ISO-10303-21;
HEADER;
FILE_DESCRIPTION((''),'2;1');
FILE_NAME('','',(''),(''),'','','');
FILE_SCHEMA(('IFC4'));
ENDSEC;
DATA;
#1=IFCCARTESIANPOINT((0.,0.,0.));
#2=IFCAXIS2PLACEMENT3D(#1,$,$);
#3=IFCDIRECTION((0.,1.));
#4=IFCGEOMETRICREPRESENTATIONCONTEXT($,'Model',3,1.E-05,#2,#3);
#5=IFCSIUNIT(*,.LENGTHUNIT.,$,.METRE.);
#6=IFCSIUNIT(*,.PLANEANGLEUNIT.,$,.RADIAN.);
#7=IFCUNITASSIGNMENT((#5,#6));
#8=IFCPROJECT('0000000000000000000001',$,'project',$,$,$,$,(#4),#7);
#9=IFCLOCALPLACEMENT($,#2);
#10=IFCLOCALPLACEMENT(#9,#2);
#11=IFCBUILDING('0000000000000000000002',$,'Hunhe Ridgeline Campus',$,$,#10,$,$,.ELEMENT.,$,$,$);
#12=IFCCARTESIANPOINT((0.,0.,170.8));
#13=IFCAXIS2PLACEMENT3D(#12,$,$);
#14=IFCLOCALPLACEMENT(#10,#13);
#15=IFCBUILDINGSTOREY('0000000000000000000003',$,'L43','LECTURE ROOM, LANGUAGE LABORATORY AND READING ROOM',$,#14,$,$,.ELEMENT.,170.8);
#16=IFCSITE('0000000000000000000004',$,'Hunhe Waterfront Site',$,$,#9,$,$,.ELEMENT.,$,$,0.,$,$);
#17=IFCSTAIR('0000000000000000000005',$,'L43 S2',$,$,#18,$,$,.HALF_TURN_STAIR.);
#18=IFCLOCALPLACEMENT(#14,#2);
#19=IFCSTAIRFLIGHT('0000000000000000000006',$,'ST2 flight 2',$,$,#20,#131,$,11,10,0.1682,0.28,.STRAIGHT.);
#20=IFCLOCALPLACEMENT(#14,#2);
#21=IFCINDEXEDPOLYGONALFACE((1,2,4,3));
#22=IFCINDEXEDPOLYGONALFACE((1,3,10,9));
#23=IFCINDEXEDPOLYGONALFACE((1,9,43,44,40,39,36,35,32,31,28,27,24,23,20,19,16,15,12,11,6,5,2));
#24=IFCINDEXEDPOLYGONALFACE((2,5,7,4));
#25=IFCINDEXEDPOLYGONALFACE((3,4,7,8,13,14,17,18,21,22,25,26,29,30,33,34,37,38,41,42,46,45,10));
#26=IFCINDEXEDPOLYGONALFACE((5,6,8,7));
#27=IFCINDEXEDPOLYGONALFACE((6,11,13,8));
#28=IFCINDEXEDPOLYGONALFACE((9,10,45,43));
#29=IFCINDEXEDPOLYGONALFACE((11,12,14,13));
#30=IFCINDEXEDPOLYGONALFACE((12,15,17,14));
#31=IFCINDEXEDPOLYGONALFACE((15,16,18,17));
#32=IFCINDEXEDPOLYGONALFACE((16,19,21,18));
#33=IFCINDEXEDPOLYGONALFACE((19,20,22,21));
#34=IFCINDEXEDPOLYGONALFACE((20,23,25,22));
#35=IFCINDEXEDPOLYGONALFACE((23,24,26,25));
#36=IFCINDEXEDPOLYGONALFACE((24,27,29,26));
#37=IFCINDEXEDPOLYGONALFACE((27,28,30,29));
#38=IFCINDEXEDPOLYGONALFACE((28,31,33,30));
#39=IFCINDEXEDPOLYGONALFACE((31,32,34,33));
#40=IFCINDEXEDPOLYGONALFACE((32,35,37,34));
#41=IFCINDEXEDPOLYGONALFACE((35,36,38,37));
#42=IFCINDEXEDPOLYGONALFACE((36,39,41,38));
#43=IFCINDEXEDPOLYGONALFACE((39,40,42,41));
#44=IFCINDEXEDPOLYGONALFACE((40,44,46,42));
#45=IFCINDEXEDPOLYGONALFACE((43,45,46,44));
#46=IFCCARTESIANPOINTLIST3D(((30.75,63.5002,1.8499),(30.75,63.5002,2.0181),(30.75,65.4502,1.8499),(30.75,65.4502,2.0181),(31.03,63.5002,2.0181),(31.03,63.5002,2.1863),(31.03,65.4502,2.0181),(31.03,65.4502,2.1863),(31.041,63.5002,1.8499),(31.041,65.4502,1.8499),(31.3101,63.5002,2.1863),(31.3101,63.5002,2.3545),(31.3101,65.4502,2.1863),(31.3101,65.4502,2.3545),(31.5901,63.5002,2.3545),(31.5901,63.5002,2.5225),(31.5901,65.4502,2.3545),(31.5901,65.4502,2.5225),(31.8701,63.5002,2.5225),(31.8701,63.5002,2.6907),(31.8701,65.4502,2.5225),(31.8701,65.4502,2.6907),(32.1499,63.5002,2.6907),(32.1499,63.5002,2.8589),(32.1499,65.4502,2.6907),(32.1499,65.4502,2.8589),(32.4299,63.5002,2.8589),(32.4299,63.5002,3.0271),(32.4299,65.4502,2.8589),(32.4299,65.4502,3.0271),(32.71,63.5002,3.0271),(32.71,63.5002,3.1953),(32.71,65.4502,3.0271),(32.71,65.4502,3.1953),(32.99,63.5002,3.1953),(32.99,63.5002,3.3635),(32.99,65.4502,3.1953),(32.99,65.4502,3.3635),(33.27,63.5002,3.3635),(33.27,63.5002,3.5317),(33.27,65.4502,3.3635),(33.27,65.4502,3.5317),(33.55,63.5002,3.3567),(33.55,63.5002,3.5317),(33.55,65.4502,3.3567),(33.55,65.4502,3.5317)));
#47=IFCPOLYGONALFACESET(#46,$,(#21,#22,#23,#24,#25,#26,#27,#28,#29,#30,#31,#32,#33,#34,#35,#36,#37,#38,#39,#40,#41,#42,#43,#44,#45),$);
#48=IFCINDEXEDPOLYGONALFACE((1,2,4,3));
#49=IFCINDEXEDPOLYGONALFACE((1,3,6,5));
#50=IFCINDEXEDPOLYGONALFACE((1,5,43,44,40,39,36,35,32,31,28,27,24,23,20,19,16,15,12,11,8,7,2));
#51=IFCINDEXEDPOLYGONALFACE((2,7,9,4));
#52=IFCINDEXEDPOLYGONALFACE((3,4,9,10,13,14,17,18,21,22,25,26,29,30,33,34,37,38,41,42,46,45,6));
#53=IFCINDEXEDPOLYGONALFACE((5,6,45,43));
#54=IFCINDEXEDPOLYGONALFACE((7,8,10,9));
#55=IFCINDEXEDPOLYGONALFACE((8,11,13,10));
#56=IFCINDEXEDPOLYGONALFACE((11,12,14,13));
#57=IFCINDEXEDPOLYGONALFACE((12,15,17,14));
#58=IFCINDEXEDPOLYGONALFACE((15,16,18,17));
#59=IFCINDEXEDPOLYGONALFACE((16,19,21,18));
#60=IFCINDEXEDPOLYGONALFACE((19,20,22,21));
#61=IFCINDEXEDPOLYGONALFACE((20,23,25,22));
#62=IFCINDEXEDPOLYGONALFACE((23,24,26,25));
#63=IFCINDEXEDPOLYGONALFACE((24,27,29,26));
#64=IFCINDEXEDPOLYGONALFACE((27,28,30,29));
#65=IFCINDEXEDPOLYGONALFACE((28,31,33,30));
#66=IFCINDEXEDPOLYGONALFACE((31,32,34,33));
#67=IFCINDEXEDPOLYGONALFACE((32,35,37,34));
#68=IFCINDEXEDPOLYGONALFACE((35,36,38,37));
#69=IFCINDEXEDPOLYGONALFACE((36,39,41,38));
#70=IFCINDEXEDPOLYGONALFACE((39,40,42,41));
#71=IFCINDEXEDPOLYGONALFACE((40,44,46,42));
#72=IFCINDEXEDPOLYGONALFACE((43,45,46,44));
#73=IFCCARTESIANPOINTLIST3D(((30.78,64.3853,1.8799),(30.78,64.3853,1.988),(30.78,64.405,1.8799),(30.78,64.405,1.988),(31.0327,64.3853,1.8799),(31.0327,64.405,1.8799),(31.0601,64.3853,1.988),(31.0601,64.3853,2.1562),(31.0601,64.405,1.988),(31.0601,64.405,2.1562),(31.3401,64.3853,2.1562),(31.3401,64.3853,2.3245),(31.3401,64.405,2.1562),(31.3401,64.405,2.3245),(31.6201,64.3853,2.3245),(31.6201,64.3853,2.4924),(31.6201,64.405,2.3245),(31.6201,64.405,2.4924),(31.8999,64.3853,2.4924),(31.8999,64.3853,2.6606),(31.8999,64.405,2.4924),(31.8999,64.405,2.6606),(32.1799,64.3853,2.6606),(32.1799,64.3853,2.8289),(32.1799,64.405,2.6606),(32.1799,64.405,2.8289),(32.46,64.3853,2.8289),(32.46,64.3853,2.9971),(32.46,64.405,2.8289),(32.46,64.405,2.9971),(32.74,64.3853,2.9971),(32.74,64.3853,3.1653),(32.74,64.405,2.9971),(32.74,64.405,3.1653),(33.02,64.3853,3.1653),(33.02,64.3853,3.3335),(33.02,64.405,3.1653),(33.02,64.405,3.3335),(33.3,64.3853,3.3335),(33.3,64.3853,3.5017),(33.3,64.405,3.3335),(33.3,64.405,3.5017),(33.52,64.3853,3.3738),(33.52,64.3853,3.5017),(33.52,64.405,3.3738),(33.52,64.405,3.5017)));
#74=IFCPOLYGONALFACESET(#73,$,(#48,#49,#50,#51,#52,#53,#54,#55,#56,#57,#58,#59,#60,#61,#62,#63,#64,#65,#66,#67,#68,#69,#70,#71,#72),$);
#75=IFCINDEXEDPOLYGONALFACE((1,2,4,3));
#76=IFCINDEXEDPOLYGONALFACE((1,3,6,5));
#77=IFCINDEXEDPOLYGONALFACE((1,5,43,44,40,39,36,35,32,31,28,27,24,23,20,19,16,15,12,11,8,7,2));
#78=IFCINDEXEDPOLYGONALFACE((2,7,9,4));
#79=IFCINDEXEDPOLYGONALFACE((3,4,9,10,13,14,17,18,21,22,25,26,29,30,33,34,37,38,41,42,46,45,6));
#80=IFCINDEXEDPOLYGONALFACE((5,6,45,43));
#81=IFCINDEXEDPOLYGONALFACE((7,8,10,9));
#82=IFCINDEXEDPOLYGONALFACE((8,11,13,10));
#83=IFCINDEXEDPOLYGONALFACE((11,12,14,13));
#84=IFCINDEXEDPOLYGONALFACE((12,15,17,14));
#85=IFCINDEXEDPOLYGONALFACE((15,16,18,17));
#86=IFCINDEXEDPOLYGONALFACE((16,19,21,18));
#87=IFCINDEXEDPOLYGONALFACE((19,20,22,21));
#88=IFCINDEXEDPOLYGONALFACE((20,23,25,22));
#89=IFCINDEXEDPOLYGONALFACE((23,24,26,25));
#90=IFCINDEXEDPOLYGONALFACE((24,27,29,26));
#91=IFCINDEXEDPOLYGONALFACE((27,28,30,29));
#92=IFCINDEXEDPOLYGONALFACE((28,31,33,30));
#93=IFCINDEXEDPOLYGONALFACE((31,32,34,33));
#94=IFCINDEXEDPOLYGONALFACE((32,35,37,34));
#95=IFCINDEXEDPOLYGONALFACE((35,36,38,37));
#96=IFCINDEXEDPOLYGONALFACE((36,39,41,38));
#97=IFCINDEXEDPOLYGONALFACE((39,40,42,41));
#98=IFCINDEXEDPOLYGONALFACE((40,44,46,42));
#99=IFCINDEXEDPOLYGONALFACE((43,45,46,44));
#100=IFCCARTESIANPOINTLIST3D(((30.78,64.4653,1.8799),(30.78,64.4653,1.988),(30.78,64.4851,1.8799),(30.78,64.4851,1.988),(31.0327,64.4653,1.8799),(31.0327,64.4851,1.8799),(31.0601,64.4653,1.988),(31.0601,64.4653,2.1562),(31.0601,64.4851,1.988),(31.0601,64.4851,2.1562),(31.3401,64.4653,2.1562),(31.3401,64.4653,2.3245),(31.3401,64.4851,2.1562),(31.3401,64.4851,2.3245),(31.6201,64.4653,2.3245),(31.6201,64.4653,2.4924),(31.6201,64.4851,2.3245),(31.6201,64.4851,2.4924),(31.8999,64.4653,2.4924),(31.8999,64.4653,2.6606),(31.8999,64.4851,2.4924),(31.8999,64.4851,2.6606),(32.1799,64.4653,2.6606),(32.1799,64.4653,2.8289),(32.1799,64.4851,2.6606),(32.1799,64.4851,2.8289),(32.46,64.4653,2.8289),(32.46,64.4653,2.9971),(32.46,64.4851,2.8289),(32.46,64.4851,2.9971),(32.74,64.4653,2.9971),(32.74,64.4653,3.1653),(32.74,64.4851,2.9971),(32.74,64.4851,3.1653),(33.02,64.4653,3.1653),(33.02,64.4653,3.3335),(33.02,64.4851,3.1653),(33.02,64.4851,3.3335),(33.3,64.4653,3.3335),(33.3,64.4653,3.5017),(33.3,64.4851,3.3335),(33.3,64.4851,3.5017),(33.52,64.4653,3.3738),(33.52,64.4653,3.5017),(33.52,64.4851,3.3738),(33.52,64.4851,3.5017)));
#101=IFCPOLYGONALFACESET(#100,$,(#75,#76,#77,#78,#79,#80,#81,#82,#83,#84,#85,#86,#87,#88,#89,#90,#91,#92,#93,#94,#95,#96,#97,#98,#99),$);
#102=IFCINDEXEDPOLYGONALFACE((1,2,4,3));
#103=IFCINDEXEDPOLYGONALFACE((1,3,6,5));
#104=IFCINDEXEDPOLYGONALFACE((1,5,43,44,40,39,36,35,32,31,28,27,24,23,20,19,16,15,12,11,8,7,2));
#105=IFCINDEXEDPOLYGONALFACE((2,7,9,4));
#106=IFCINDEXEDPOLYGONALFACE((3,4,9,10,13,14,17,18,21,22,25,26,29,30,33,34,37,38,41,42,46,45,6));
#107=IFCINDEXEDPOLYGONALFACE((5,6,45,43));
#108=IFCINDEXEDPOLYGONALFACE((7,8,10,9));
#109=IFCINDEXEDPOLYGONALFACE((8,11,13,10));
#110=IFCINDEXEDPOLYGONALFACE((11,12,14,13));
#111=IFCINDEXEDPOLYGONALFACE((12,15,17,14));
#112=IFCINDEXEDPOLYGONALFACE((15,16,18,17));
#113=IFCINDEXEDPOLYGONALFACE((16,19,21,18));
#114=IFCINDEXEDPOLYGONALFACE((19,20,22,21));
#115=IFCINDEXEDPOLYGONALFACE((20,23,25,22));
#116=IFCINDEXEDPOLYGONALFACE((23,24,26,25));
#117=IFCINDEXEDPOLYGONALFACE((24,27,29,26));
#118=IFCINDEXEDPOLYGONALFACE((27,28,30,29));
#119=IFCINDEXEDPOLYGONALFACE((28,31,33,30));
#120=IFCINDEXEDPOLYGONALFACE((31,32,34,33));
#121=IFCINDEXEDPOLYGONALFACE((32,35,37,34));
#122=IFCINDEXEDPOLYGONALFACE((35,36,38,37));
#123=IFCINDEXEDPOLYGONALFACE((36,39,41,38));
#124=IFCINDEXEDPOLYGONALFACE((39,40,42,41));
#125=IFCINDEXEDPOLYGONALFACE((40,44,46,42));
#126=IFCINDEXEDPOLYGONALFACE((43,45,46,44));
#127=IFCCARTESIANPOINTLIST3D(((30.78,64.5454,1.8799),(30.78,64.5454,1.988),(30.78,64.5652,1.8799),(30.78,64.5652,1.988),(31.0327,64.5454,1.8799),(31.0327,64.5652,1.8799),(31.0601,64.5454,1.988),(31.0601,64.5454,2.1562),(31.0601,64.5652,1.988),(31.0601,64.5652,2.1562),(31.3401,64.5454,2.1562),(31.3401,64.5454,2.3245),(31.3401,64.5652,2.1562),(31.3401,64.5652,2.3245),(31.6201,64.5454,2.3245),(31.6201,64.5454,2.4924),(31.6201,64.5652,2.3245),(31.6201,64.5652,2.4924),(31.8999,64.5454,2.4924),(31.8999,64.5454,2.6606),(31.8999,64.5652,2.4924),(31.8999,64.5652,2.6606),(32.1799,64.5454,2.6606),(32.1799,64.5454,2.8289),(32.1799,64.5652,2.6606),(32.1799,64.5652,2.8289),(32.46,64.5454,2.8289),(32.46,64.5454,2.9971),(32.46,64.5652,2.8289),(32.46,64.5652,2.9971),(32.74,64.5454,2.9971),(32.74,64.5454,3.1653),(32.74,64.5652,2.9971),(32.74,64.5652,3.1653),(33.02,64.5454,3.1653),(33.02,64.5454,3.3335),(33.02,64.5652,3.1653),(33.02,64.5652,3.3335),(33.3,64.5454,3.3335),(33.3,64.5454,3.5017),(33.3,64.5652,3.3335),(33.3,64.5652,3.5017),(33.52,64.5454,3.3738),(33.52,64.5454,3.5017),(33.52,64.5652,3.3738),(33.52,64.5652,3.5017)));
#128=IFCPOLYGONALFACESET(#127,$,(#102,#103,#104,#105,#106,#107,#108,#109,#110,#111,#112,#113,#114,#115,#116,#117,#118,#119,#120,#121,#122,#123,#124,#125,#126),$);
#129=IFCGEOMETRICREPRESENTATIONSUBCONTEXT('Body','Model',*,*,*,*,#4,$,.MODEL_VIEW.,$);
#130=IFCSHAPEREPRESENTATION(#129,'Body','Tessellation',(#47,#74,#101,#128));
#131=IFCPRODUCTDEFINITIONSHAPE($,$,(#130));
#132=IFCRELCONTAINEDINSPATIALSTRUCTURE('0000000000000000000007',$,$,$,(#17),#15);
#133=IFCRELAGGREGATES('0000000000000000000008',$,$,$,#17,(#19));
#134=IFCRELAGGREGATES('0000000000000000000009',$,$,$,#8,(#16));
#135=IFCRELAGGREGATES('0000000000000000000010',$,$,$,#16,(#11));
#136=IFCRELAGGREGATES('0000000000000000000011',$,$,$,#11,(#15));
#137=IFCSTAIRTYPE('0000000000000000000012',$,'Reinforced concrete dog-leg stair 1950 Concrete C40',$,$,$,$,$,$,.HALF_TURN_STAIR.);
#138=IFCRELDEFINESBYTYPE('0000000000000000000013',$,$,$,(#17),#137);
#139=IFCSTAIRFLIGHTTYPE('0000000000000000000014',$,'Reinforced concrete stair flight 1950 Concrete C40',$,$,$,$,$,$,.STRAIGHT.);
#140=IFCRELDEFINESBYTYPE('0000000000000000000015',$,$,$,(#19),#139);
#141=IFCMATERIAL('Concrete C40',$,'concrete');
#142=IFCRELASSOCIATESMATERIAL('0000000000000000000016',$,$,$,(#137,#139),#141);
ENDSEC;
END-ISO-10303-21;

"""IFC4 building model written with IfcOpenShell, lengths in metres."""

from ifc_helpers import new_model, si_unit, direction, frame, origin, place, context, subcontext, project, spatial, polyline, outline, extrude, material, type_object, element, aggregate, save


model = new_model("IFC4")

# Units and contexts
model_context = context("Model", 3, precision=1e-05, world=origin(), true_north=direction((0.0, 1.0)))
body_context = subcontext(model_context, "Body", "Model", "MODEL_VIEW")
ifc_project = project(units=[si_unit("LENGTHUNIT", "METRE"), si_unit("PLANEANGLEUNIT", "RADIAN")], contexts=[model_context])

# Site, building, storey
site_placement = place(None, origin())
site = spatial("IfcSite", under=ifc_project, at=site_placement, Name="Hunhe Waterfront Site", CompositionType="ELEMENT", RefElevation=0.0)
building_placement = place(site_placement, origin())
building = spatial("IfcBuilding", under=site, at=building_placement, Name="Hunhe Ridgeline Campus", CompositionType="ELEMENT")
storey_placement = place(building_placement, frame((0.0, 0.0, 170.8)))
storey = spatial("IfcBuildingStorey", under=building, at=storey_placement, Name="L43", Description="LECTURE ROOM, LANGUAGE LABORATORY AND READING ROOM", CompositionType="ELEMENT", Elevation=170.8)

# Stair, stair flight
ifc_material_1 = material(Name="Concrete C40", Category="concrete")
stair_type = type_object("IfcStairType", Name="Reinforced concrete dog-leg stair 1950 Concrete C40", PredefinedType="HALF_TURN_STAIR", material=ifc_material_1)
stair_placement = place(storey_placement, origin())
stair = element("IfcStair", 1, at=stair_placement, inside=storey, type_object=stair_type, Name="L43 S2", PredefinedType="HALF_TURN_STAIR")
stair_flight_type = type_object("IfcStairFlightType", Name="Reinforced concrete stair flight 1950 Concrete C40", PredefinedType="STRAIGHT", material=ifc_material_1)
stair_flight_1_placement = place(storey_placement, frame((30.75, 64.4751, 1.8499), z_axis=(0.0, 0.0, 1.0), x_axis=(1.0, 0.0, 0.0)))
stair_flight_1 = element("IfcStairFlight", 2, at=stair_flight_1_placement, type_object=stair_flight_type, Name="ST2 flight 2", NumberOfRisers=11, NumberOfTreads=10, PredefinedType="STRAIGHT", RiserHeight=0.1682, TreadLength=0.28, context=body_context, shape_type="SweptSolid", body=[
    extrude(outline(polyline([(0.0, 0.0), (0.0, 0.1682), (0.28, 0.1682), (0.28, 0.3364), (0.5601, 0.3364), (0.5601, 0.5046), (0.8401, 0.5046), (0.8401, 0.6726), (1.1201, 0.6726), (1.1201, 0.8408), (1.3999, 0.8408), (1.3999, 1.009), (1.6799, 1.009), (1.6799, 1.1772), (1.96, 1.1772), (1.96, 1.3455), (2.24, 1.3455), (2.24, 1.5137), (2.52, 1.5137), (2.52, 1.6819), (2.8, 1.6819), (2.8, 1.8501), (2.8, 1.5068), (0.291, 0.0), (0.0, 0.0)])), frame((0.0, 0.9751, 0.0), z_axis=(0.0, -1.0, 0.0), x_axis=(1.0, 0.0, 0.0)), (0.0, 0.0, 1.0), 1.95),
    extrude(outline(polyline([(0.03, 0.03), (0.03, 0.1382), (0.3101, 0.1382), (0.3101, 0.3064), (0.5901, 0.3064), (0.5901, 0.4746), (0.8701, 0.4746), (0.8701, 0.6426), (1.1499, 0.6426), (1.1499, 0.8108), (1.4299, 0.8108), (1.4299, 0.979), (1.71, 0.979), (1.71, 1.1472), (1.99, 1.1472), (1.99, 1.3154), (2.27, 1.3154), (2.27, 1.4836), (2.55, 1.4836), (2.55, 1.6519), (2.77, 1.6519), (2.77, 1.5239), (0.2827, 0.03), (0.03, 0.03)])), frame((0.0, -0.0701, 0.0), z_axis=(0.0, -1.0, 0.0), x_axis=(1.0, 0.0, 0.0)), (0.0, 0.0, 1.0), 0.0198),
    extrude(outline(polyline([(0.03, 0.03), (0.03, 0.1382), (0.3101, 0.1382), (0.3101, 0.3064), (0.5901, 0.3064), (0.5901, 0.4746), (0.8701, 0.4746), (0.8701, 0.6426), (1.1499, 0.6426), (1.1499, 0.8108), (1.4299, 0.8108), (1.4299, 0.979), (1.71, 0.979), (1.71, 1.1472), (1.99, 1.1472), (1.99, 1.3154), (2.27, 1.3154), (2.27, 1.4836), (2.55, 1.4836), (2.55, 1.6519), (2.77, 1.6519), (2.77, 1.5239), (0.2827, 0.03), (0.03, 0.03)])), frame((0.0, 0.01, 0.0), z_axis=(0.0, -1.0, 0.0), x_axis=(1.0, 0.0, 0.0)), (0.0, 0.0, 1.0), 0.0198),
    extrude(outline(polyline([(0.03, 0.03), (0.03, 0.1382), (0.3101, 0.1382), (0.3101, 0.3064), (0.5901, 0.3064), (0.5901, 0.4746), (0.8701, 0.4746), (0.8701, 0.6426), (1.1499, 0.6426), (1.1499, 0.8108), (1.4299, 0.8108), (1.4299, 0.979), (1.71, 0.979), (1.71, 1.1472), (1.99, 1.1472), (1.99, 1.3154), (2.27, 1.3154), (2.27, 1.4836), (2.55, 1.4836), (2.55, 1.6519), (2.77, 1.6519), (2.77, 1.5239), (0.2827, 0.03), (0.03, 0.03)])), frame((0.0, 0.0901, 0.0), z_axis=(0.0, -1.0, 0.0), x_axis=(1.0, 0.0, 0.0)), (0.0, 0.0, 1.0), 0.0198),
])
aggregate(stair, [stair_flight_1])

save(model, "model.ifc")
